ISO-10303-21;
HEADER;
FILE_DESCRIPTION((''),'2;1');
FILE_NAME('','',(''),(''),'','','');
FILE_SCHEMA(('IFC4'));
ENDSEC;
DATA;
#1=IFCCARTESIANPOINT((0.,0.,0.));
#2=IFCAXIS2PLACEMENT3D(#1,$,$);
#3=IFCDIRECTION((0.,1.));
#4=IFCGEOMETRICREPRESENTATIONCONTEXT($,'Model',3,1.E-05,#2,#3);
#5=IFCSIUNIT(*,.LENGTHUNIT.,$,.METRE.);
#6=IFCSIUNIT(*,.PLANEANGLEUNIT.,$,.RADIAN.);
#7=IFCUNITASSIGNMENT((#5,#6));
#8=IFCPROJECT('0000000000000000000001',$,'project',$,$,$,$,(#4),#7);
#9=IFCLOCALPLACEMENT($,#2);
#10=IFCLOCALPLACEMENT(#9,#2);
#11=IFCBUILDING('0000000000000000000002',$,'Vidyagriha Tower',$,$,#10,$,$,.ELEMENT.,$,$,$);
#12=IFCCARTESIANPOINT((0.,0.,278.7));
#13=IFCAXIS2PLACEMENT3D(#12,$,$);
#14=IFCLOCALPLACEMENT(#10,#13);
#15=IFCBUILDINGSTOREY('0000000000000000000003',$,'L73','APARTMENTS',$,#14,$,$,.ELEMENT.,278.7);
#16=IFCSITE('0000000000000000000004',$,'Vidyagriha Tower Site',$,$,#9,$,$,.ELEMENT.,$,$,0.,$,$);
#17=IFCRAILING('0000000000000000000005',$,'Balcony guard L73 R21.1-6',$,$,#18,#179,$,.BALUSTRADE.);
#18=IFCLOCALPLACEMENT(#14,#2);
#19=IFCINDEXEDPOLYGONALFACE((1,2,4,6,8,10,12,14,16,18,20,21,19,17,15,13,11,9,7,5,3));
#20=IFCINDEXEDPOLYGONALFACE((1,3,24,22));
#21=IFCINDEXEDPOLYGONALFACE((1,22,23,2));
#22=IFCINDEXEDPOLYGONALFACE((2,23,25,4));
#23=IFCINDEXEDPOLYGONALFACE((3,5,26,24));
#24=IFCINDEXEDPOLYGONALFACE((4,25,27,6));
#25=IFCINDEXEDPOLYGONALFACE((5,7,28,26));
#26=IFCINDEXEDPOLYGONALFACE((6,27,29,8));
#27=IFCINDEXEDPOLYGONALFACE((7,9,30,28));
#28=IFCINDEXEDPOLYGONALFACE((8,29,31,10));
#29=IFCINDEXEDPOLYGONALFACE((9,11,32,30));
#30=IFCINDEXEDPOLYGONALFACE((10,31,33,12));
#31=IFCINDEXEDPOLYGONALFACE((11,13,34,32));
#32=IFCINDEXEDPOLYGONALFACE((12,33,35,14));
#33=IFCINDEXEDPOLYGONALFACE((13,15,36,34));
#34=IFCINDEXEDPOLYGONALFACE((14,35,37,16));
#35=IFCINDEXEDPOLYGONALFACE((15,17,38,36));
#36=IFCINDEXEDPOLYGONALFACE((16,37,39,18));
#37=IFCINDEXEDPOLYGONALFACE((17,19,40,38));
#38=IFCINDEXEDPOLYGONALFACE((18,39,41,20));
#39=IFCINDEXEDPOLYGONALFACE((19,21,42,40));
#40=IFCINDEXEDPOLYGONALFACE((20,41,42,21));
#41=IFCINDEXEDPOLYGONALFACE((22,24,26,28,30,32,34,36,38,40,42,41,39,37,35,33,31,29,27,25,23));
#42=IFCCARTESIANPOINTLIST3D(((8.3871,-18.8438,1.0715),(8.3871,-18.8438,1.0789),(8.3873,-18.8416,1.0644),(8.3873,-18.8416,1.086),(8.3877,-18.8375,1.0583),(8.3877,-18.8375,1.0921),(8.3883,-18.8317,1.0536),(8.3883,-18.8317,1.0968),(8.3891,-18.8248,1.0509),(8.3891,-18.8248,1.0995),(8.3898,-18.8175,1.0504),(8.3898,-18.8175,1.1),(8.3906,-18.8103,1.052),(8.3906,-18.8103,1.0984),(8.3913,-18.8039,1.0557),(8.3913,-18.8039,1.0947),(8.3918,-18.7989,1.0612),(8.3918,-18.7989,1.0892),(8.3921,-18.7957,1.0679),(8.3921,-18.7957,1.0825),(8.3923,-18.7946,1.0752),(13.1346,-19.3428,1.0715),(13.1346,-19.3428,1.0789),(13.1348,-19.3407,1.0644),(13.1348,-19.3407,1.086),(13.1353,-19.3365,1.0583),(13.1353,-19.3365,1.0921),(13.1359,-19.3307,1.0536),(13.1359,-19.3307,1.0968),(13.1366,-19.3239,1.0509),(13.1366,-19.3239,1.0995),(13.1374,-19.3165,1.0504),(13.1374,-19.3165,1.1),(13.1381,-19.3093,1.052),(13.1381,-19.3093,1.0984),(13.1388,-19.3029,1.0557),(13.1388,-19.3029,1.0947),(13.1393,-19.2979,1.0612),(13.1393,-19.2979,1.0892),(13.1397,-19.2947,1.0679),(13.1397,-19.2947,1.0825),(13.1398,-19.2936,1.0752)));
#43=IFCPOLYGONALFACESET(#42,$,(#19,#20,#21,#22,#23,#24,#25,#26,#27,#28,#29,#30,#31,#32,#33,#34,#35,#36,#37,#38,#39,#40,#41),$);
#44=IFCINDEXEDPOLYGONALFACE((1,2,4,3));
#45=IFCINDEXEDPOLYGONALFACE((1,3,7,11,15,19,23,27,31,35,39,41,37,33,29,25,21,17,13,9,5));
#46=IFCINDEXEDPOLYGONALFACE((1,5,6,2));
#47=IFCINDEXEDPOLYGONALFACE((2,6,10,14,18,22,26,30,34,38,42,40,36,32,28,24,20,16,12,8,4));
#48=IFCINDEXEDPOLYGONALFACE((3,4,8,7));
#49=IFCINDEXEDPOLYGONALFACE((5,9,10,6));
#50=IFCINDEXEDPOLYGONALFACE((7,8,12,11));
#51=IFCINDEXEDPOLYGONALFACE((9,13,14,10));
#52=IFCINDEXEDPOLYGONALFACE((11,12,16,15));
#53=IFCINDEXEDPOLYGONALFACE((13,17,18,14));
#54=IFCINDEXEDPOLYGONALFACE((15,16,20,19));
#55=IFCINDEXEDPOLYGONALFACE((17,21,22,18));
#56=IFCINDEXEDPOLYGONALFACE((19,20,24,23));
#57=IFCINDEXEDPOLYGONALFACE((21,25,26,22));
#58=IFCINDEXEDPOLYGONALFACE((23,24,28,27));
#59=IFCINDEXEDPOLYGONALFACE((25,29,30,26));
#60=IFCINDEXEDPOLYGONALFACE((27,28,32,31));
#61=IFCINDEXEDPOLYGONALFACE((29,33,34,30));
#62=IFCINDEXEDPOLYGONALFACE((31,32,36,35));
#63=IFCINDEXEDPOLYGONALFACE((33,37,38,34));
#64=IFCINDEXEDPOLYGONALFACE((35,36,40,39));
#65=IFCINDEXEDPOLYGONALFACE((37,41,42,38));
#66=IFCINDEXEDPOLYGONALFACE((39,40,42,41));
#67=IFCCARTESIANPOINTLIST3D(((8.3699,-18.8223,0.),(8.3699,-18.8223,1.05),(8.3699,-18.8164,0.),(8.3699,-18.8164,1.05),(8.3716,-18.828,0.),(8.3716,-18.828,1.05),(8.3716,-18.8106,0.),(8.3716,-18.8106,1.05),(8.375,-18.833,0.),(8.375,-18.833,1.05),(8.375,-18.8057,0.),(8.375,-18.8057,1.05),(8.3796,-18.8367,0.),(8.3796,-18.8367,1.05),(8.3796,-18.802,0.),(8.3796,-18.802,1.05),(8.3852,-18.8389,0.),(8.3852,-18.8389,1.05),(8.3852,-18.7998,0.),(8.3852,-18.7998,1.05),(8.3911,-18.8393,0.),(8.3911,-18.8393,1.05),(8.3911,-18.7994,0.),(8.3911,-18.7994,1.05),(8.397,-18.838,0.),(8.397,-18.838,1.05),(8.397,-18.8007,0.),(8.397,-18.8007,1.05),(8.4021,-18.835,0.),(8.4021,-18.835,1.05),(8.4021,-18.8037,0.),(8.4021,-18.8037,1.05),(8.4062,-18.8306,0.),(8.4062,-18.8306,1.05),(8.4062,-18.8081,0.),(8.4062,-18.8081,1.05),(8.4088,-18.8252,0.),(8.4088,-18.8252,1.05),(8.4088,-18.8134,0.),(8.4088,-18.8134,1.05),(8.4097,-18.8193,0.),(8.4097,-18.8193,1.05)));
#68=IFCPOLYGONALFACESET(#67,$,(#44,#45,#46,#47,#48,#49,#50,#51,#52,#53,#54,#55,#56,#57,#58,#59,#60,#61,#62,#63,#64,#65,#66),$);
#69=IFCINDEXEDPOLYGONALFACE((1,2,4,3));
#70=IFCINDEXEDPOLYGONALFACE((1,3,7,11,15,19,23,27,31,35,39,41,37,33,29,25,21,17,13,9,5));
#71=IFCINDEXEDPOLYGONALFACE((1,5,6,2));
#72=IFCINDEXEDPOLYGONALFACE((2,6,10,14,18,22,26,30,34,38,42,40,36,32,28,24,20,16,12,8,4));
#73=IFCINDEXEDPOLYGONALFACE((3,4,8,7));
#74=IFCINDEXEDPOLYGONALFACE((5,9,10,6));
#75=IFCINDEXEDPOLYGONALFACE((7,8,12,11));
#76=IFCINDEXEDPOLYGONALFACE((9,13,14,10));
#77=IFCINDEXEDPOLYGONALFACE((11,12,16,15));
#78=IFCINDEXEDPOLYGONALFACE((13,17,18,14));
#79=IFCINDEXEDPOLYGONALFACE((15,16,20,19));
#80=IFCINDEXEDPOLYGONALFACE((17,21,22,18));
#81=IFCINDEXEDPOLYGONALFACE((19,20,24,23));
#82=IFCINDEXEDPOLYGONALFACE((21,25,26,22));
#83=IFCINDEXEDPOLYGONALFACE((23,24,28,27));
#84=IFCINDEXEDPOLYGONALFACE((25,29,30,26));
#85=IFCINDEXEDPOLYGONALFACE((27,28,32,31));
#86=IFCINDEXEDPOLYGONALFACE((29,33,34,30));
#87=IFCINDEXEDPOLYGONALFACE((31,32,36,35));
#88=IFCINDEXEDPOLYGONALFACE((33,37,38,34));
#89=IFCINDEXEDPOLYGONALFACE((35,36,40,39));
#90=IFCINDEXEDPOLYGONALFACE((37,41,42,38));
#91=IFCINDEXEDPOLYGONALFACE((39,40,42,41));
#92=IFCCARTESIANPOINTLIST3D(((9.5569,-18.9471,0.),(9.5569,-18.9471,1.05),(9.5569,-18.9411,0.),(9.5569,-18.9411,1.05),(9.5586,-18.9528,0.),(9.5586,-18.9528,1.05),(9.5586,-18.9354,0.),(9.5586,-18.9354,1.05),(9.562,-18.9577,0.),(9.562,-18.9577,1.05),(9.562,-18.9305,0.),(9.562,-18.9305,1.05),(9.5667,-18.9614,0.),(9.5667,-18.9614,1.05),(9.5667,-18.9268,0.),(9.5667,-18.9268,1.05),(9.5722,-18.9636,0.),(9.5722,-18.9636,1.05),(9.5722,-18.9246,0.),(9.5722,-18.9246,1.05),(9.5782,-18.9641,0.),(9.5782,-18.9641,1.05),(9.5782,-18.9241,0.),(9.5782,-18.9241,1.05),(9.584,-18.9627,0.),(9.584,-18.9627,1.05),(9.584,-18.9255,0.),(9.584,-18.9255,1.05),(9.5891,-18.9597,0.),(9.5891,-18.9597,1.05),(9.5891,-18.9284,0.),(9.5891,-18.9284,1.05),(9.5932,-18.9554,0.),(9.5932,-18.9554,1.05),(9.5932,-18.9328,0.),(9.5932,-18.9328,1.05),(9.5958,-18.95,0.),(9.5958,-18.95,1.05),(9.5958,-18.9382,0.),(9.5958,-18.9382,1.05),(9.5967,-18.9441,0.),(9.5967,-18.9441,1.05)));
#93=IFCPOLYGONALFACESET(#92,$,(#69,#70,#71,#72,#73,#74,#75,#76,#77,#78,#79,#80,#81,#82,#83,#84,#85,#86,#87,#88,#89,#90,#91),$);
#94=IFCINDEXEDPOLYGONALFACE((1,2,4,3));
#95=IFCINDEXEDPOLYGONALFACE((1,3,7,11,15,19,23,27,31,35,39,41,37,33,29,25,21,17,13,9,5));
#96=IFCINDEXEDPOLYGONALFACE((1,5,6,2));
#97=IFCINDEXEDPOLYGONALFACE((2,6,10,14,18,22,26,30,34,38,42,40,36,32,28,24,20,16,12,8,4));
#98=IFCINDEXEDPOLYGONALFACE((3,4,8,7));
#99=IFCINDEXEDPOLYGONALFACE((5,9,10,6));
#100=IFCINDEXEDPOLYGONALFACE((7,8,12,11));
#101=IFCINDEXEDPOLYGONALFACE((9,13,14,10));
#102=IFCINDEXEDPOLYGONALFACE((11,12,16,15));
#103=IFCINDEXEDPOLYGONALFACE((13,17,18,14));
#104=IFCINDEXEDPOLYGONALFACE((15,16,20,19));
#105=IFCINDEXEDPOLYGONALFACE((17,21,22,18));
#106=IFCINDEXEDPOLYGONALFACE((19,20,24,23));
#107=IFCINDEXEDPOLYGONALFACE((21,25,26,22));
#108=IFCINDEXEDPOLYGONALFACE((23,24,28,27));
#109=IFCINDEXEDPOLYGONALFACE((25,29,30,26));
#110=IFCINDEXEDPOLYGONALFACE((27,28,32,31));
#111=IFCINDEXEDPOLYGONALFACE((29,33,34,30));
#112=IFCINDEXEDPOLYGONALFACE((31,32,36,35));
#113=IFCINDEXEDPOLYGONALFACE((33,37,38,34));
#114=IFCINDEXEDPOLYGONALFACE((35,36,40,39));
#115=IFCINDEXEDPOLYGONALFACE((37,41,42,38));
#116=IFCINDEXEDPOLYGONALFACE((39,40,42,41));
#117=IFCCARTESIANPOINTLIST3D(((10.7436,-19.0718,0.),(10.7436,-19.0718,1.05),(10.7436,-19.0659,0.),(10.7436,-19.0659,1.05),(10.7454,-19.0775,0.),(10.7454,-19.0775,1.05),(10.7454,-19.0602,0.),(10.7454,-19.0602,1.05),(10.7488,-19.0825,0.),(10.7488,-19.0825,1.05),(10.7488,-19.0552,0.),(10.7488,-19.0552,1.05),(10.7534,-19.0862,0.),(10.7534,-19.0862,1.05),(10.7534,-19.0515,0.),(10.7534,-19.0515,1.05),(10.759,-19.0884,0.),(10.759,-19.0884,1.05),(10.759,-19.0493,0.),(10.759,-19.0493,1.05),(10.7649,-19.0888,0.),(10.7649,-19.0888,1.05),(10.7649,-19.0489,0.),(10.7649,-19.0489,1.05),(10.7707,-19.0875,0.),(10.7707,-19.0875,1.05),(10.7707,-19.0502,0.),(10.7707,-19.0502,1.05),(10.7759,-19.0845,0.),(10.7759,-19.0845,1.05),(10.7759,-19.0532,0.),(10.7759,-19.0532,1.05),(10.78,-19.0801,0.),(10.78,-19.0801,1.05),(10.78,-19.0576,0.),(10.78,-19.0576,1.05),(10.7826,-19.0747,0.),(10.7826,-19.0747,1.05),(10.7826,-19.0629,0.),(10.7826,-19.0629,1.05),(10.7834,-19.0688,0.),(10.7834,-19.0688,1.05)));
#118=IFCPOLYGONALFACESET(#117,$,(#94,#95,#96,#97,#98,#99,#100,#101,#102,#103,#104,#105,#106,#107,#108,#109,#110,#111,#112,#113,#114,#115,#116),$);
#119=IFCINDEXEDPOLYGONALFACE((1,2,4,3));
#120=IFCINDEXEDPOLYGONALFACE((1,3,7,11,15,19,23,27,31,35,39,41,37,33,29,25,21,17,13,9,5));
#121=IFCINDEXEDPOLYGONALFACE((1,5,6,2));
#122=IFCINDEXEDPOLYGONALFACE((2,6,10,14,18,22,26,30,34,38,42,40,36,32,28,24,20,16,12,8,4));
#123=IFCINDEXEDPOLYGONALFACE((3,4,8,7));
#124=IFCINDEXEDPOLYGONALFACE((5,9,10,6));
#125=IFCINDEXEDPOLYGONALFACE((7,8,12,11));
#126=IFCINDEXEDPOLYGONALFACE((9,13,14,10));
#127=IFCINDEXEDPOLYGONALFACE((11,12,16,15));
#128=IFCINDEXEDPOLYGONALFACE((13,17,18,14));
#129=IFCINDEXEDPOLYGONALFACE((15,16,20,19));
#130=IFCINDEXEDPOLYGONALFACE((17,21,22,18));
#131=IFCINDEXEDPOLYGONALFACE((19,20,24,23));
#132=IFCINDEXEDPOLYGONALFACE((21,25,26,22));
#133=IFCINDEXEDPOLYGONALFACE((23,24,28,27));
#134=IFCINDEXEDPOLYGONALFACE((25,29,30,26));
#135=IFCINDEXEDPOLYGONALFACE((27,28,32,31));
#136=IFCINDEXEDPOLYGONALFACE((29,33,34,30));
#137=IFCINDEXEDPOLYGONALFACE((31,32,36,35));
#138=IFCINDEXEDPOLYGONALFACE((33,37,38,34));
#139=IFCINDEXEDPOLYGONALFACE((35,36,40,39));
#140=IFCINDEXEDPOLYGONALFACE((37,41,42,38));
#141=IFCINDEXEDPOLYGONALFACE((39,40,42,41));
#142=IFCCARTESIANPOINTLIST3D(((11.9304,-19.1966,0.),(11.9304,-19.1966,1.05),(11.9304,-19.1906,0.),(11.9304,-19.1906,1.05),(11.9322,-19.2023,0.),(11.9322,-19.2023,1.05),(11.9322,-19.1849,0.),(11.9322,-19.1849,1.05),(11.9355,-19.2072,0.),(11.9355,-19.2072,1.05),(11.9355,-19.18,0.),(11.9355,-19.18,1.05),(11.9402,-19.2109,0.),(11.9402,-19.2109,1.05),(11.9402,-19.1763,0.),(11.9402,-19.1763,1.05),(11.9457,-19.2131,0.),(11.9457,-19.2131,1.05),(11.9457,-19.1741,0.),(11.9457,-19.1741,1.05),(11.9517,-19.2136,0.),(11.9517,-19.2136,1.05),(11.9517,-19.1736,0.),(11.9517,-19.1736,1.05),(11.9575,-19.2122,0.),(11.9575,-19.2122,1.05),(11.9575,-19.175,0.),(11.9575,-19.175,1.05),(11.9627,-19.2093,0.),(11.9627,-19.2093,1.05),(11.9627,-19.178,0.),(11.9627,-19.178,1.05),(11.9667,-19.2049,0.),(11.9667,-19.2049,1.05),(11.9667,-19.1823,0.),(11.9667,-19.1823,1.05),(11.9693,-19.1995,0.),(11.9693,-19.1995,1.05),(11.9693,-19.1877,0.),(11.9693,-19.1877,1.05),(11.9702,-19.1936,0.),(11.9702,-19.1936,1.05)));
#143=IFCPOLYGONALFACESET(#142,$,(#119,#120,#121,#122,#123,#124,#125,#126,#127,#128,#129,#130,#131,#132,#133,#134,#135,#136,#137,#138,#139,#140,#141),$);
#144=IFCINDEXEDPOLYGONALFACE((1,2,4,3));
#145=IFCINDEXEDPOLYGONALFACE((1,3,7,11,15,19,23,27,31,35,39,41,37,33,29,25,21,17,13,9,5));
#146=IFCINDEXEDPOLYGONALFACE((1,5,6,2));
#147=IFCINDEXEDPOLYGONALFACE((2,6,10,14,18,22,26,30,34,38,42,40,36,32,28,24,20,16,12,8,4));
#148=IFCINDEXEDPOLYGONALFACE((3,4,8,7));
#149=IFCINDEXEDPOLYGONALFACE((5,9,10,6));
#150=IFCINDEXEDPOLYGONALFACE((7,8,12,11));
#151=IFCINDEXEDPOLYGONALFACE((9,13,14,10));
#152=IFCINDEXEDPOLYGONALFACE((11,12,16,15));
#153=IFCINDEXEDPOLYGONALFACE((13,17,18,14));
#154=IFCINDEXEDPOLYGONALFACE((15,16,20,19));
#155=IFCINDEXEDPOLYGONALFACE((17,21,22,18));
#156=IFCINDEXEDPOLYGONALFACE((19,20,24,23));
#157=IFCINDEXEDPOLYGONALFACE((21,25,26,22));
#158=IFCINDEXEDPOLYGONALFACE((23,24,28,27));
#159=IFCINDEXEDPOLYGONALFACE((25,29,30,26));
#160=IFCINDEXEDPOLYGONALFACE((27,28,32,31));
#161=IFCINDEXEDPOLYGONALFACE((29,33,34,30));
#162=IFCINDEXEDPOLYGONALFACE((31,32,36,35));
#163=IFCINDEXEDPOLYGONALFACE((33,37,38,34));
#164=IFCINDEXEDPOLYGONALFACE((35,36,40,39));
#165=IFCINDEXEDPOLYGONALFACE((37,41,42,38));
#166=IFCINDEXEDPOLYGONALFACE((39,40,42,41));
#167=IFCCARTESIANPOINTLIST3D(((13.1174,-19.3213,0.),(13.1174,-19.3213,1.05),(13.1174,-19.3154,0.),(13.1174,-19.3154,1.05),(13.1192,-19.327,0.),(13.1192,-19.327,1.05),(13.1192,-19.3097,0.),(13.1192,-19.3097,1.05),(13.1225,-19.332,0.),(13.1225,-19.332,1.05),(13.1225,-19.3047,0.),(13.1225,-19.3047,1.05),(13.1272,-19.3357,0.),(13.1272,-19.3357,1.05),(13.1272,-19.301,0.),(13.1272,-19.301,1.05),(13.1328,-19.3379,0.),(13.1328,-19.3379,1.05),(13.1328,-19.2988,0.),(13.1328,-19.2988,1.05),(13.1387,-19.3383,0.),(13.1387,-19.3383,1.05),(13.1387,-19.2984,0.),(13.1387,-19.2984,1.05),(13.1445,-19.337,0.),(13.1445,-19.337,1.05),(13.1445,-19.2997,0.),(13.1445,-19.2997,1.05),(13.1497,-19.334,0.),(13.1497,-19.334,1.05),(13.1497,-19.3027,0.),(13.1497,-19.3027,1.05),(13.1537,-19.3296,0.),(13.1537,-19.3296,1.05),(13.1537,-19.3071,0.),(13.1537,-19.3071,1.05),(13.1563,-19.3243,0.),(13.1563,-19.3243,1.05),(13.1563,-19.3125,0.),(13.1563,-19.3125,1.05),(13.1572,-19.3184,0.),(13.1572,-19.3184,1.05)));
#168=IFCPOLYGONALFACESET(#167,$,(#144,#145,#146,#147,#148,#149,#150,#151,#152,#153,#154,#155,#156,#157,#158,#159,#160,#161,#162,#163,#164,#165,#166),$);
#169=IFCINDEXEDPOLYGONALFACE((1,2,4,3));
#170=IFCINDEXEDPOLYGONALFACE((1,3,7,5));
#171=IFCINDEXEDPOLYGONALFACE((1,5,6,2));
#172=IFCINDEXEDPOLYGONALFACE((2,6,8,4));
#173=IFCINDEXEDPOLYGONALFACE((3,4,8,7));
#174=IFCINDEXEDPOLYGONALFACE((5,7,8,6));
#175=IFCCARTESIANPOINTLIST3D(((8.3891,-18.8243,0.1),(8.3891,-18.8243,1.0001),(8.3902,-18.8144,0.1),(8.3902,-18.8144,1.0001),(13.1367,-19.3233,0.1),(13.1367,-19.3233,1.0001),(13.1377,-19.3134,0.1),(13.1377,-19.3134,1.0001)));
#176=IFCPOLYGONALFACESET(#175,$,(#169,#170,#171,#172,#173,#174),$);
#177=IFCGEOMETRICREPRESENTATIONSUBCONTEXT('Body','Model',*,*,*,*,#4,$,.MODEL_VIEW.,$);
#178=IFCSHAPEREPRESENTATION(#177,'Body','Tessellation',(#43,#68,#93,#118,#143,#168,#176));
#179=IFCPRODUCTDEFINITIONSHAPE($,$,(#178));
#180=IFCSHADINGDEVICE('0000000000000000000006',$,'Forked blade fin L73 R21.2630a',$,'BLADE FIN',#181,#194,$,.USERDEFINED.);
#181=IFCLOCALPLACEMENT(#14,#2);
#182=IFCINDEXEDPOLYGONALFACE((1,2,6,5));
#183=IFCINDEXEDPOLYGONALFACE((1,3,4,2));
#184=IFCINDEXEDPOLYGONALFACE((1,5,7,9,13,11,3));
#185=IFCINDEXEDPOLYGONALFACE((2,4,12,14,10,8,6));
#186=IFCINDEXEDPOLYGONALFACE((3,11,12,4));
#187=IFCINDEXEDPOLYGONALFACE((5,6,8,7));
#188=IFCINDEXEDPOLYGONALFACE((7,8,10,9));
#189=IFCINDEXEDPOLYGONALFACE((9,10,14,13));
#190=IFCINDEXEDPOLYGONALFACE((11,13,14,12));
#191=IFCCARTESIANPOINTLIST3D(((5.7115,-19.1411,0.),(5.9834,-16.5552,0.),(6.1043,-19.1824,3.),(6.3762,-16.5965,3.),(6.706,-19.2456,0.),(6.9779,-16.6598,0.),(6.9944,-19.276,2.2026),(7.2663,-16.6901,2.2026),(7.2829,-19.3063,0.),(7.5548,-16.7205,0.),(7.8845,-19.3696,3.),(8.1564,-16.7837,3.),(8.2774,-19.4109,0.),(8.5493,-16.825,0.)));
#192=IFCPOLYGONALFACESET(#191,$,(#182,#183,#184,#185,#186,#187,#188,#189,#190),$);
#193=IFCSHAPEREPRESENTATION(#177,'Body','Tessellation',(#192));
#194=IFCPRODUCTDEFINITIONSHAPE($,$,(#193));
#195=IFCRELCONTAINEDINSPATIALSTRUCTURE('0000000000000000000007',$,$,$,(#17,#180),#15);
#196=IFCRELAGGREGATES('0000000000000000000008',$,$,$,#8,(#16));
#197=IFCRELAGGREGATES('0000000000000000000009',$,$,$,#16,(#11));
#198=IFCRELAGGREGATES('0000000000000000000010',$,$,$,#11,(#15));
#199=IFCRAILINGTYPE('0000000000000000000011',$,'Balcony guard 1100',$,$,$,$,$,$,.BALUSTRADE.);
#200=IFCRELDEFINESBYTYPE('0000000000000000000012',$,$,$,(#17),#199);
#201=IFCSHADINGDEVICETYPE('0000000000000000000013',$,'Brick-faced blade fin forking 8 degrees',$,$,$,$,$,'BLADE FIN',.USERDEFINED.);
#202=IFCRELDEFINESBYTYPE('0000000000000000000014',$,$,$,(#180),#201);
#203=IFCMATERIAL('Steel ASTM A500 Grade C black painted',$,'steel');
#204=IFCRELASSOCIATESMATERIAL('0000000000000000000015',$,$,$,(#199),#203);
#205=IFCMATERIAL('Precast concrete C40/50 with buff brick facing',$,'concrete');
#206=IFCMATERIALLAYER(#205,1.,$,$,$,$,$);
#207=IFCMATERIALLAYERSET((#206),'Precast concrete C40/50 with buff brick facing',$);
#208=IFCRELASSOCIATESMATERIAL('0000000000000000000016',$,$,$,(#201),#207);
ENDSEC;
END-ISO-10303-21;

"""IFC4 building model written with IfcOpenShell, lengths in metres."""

from ifc_helpers import new_model, si_unit, direction, frame, origin, origin_2d, place, context, subcontext, project, spatial, polyline, rectangle, circle, outline, extrude, material, layer, layer_set, type_object, element, save


model = new_model("IFC4")

# Units and contexts
model_context = context("Model", 3, precision=1e-05, world=origin(), true_north=direction((0.0, 1.0)))
body_context = subcontext(model_context, "Body", "Model", "MODEL_VIEW")
ifc_project = project(units=[si_unit("LENGTHUNIT", "METRE"), si_unit("PLANEANGLEUNIT", "RADIAN")], contexts=[model_context])

# Site, building, storey
site_placement = place(None, origin())
site = spatial("IfcSite", under=ifc_project, at=site_placement, Name="Vidyagriha Tower Site", CompositionType="ELEMENT", RefElevation=0.0)
building_placement = place(site_placement, origin())
building = spatial("IfcBuilding", under=site, at=building_placement, Name="Vidyagriha Tower", CompositionType="ELEMENT")
storey_placement = place(building_placement, frame((0.0, 0.0, 278.7)))
storey = spatial("IfcBuildingStorey", under=building, at=storey_placement, Name="L73", Description="APARTMENTS", CompositionType="ELEMENT", Elevation=278.7)

# Railing
ifc_material_1 = material(Name="Steel ASTM A500 Grade C black painted", Category="steel")
railing_type = type_object("IfcRailingType", Name="Balcony guard 1100", PredefinedType="BALUSTRADE", material=ifc_material_1)
railing_1_placement = place(storey_placement, frame((8.3896, -18.8193, 0.0)))
element("IfcRailing", 1, at=railing_1_placement, inside=storey, type_object=railing_type, Name="Balcony guard L73 R21.1-6", PredefinedType="BALUSTRADE", context=body_context, shape_type="SweptSolid", body=[
    extrude(circle(Radius=0.0249, at=origin_2d()), frame((0.0, 0.0, 1.0752), z_axis=(0.994521, -0.104536, 0.0), x_axis=(0.104536, 0.994521, 0.0)), (0.0, 0.0, 1.0), 4.7737),
    extrude(circle(Radius=0.02, at=origin_2d()), origin(), (0.0, 0.0, 1.0), 1.05),
    extrude(circle(Radius=0.02, at=origin_2d()), frame((1.187, -0.1248, 0.0)), (0.0, 0.0, 1.0), 1.05),
    extrude(circle(Radius=0.02, at=origin_2d()), frame((2.3738, -0.2495, 0.0)), (0.0, 0.0, 1.0), 1.05),
    extrude(circle(Radius=0.02, at=origin_2d()), frame((3.5605, -0.3743, 0.0)), (0.0, 0.0, 1.0), 1.05),
    extrude(circle(Radius=0.02, at=origin_2d()), frame((4.7476, -0.499, 0.0)), (0.0, 0.0, 1.0), 1.05),
    extrude(rectangle(XDim=0.01, YDim=0.9001, at=origin_2d()), frame((0.0, 0.0, 0.55), z_axis=(0.994521, -0.104536, 0.0), x_axis=(0.104536, 0.994521, 0.0)), (0.0, 0.0, 1.0), 4.7737),
])

# Shading device
ifc_material_2 = material(Name="Precast concrete C40/50 with buff brick facing", Category="concrete")
ifc_layer_1 = layer(ifc_material_2, 1.0)
ifc_layer_set_1 = layer_set([ifc_layer_1], Name="Precast concrete C40/50 with buff brick facing")
shading_device_type = type_object("IfcShadingDeviceType", Name="Brick-faced blade fin forking 8 degrees", ElementType="BLADE FIN", PredefinedType="USERDEFINED", material=ifc_layer_set_1)
shading_device_placement = place(storey_placement, frame((5.8474, -17.8481, 0.0), z_axis=(0.0, 0.0, 1.0), x_axis=(0.994517, -0.104571, 0.0)))
element("IfcShadingDevice", 2, at=shading_device_placement, inside=storey, type_object=shading_device_type, Name="Forked blade fin L73 R21.2630a", ObjectType="BLADE FIN", PredefinedType="USERDEFINED", context=body_context, shape_type="SweptSolid", body=[
    extrude(outline(polyline([(1.0, 0.0), (1.29, 2.2026), (1.5801, 0.0), (2.5801, 0.0), (2.1851, 3.0), (0.395, 3.0), (0.0, 0.0), (1.0, 0.0)])), frame((0.0, 1.3, 0.0), z_axis=(0.0, -1.0, 0.0), x_axis=(1.0, 0.0, 0.0)), (0.0, 0.0, 1.0), 2.6001),
])

save(model, "model.ifc")
